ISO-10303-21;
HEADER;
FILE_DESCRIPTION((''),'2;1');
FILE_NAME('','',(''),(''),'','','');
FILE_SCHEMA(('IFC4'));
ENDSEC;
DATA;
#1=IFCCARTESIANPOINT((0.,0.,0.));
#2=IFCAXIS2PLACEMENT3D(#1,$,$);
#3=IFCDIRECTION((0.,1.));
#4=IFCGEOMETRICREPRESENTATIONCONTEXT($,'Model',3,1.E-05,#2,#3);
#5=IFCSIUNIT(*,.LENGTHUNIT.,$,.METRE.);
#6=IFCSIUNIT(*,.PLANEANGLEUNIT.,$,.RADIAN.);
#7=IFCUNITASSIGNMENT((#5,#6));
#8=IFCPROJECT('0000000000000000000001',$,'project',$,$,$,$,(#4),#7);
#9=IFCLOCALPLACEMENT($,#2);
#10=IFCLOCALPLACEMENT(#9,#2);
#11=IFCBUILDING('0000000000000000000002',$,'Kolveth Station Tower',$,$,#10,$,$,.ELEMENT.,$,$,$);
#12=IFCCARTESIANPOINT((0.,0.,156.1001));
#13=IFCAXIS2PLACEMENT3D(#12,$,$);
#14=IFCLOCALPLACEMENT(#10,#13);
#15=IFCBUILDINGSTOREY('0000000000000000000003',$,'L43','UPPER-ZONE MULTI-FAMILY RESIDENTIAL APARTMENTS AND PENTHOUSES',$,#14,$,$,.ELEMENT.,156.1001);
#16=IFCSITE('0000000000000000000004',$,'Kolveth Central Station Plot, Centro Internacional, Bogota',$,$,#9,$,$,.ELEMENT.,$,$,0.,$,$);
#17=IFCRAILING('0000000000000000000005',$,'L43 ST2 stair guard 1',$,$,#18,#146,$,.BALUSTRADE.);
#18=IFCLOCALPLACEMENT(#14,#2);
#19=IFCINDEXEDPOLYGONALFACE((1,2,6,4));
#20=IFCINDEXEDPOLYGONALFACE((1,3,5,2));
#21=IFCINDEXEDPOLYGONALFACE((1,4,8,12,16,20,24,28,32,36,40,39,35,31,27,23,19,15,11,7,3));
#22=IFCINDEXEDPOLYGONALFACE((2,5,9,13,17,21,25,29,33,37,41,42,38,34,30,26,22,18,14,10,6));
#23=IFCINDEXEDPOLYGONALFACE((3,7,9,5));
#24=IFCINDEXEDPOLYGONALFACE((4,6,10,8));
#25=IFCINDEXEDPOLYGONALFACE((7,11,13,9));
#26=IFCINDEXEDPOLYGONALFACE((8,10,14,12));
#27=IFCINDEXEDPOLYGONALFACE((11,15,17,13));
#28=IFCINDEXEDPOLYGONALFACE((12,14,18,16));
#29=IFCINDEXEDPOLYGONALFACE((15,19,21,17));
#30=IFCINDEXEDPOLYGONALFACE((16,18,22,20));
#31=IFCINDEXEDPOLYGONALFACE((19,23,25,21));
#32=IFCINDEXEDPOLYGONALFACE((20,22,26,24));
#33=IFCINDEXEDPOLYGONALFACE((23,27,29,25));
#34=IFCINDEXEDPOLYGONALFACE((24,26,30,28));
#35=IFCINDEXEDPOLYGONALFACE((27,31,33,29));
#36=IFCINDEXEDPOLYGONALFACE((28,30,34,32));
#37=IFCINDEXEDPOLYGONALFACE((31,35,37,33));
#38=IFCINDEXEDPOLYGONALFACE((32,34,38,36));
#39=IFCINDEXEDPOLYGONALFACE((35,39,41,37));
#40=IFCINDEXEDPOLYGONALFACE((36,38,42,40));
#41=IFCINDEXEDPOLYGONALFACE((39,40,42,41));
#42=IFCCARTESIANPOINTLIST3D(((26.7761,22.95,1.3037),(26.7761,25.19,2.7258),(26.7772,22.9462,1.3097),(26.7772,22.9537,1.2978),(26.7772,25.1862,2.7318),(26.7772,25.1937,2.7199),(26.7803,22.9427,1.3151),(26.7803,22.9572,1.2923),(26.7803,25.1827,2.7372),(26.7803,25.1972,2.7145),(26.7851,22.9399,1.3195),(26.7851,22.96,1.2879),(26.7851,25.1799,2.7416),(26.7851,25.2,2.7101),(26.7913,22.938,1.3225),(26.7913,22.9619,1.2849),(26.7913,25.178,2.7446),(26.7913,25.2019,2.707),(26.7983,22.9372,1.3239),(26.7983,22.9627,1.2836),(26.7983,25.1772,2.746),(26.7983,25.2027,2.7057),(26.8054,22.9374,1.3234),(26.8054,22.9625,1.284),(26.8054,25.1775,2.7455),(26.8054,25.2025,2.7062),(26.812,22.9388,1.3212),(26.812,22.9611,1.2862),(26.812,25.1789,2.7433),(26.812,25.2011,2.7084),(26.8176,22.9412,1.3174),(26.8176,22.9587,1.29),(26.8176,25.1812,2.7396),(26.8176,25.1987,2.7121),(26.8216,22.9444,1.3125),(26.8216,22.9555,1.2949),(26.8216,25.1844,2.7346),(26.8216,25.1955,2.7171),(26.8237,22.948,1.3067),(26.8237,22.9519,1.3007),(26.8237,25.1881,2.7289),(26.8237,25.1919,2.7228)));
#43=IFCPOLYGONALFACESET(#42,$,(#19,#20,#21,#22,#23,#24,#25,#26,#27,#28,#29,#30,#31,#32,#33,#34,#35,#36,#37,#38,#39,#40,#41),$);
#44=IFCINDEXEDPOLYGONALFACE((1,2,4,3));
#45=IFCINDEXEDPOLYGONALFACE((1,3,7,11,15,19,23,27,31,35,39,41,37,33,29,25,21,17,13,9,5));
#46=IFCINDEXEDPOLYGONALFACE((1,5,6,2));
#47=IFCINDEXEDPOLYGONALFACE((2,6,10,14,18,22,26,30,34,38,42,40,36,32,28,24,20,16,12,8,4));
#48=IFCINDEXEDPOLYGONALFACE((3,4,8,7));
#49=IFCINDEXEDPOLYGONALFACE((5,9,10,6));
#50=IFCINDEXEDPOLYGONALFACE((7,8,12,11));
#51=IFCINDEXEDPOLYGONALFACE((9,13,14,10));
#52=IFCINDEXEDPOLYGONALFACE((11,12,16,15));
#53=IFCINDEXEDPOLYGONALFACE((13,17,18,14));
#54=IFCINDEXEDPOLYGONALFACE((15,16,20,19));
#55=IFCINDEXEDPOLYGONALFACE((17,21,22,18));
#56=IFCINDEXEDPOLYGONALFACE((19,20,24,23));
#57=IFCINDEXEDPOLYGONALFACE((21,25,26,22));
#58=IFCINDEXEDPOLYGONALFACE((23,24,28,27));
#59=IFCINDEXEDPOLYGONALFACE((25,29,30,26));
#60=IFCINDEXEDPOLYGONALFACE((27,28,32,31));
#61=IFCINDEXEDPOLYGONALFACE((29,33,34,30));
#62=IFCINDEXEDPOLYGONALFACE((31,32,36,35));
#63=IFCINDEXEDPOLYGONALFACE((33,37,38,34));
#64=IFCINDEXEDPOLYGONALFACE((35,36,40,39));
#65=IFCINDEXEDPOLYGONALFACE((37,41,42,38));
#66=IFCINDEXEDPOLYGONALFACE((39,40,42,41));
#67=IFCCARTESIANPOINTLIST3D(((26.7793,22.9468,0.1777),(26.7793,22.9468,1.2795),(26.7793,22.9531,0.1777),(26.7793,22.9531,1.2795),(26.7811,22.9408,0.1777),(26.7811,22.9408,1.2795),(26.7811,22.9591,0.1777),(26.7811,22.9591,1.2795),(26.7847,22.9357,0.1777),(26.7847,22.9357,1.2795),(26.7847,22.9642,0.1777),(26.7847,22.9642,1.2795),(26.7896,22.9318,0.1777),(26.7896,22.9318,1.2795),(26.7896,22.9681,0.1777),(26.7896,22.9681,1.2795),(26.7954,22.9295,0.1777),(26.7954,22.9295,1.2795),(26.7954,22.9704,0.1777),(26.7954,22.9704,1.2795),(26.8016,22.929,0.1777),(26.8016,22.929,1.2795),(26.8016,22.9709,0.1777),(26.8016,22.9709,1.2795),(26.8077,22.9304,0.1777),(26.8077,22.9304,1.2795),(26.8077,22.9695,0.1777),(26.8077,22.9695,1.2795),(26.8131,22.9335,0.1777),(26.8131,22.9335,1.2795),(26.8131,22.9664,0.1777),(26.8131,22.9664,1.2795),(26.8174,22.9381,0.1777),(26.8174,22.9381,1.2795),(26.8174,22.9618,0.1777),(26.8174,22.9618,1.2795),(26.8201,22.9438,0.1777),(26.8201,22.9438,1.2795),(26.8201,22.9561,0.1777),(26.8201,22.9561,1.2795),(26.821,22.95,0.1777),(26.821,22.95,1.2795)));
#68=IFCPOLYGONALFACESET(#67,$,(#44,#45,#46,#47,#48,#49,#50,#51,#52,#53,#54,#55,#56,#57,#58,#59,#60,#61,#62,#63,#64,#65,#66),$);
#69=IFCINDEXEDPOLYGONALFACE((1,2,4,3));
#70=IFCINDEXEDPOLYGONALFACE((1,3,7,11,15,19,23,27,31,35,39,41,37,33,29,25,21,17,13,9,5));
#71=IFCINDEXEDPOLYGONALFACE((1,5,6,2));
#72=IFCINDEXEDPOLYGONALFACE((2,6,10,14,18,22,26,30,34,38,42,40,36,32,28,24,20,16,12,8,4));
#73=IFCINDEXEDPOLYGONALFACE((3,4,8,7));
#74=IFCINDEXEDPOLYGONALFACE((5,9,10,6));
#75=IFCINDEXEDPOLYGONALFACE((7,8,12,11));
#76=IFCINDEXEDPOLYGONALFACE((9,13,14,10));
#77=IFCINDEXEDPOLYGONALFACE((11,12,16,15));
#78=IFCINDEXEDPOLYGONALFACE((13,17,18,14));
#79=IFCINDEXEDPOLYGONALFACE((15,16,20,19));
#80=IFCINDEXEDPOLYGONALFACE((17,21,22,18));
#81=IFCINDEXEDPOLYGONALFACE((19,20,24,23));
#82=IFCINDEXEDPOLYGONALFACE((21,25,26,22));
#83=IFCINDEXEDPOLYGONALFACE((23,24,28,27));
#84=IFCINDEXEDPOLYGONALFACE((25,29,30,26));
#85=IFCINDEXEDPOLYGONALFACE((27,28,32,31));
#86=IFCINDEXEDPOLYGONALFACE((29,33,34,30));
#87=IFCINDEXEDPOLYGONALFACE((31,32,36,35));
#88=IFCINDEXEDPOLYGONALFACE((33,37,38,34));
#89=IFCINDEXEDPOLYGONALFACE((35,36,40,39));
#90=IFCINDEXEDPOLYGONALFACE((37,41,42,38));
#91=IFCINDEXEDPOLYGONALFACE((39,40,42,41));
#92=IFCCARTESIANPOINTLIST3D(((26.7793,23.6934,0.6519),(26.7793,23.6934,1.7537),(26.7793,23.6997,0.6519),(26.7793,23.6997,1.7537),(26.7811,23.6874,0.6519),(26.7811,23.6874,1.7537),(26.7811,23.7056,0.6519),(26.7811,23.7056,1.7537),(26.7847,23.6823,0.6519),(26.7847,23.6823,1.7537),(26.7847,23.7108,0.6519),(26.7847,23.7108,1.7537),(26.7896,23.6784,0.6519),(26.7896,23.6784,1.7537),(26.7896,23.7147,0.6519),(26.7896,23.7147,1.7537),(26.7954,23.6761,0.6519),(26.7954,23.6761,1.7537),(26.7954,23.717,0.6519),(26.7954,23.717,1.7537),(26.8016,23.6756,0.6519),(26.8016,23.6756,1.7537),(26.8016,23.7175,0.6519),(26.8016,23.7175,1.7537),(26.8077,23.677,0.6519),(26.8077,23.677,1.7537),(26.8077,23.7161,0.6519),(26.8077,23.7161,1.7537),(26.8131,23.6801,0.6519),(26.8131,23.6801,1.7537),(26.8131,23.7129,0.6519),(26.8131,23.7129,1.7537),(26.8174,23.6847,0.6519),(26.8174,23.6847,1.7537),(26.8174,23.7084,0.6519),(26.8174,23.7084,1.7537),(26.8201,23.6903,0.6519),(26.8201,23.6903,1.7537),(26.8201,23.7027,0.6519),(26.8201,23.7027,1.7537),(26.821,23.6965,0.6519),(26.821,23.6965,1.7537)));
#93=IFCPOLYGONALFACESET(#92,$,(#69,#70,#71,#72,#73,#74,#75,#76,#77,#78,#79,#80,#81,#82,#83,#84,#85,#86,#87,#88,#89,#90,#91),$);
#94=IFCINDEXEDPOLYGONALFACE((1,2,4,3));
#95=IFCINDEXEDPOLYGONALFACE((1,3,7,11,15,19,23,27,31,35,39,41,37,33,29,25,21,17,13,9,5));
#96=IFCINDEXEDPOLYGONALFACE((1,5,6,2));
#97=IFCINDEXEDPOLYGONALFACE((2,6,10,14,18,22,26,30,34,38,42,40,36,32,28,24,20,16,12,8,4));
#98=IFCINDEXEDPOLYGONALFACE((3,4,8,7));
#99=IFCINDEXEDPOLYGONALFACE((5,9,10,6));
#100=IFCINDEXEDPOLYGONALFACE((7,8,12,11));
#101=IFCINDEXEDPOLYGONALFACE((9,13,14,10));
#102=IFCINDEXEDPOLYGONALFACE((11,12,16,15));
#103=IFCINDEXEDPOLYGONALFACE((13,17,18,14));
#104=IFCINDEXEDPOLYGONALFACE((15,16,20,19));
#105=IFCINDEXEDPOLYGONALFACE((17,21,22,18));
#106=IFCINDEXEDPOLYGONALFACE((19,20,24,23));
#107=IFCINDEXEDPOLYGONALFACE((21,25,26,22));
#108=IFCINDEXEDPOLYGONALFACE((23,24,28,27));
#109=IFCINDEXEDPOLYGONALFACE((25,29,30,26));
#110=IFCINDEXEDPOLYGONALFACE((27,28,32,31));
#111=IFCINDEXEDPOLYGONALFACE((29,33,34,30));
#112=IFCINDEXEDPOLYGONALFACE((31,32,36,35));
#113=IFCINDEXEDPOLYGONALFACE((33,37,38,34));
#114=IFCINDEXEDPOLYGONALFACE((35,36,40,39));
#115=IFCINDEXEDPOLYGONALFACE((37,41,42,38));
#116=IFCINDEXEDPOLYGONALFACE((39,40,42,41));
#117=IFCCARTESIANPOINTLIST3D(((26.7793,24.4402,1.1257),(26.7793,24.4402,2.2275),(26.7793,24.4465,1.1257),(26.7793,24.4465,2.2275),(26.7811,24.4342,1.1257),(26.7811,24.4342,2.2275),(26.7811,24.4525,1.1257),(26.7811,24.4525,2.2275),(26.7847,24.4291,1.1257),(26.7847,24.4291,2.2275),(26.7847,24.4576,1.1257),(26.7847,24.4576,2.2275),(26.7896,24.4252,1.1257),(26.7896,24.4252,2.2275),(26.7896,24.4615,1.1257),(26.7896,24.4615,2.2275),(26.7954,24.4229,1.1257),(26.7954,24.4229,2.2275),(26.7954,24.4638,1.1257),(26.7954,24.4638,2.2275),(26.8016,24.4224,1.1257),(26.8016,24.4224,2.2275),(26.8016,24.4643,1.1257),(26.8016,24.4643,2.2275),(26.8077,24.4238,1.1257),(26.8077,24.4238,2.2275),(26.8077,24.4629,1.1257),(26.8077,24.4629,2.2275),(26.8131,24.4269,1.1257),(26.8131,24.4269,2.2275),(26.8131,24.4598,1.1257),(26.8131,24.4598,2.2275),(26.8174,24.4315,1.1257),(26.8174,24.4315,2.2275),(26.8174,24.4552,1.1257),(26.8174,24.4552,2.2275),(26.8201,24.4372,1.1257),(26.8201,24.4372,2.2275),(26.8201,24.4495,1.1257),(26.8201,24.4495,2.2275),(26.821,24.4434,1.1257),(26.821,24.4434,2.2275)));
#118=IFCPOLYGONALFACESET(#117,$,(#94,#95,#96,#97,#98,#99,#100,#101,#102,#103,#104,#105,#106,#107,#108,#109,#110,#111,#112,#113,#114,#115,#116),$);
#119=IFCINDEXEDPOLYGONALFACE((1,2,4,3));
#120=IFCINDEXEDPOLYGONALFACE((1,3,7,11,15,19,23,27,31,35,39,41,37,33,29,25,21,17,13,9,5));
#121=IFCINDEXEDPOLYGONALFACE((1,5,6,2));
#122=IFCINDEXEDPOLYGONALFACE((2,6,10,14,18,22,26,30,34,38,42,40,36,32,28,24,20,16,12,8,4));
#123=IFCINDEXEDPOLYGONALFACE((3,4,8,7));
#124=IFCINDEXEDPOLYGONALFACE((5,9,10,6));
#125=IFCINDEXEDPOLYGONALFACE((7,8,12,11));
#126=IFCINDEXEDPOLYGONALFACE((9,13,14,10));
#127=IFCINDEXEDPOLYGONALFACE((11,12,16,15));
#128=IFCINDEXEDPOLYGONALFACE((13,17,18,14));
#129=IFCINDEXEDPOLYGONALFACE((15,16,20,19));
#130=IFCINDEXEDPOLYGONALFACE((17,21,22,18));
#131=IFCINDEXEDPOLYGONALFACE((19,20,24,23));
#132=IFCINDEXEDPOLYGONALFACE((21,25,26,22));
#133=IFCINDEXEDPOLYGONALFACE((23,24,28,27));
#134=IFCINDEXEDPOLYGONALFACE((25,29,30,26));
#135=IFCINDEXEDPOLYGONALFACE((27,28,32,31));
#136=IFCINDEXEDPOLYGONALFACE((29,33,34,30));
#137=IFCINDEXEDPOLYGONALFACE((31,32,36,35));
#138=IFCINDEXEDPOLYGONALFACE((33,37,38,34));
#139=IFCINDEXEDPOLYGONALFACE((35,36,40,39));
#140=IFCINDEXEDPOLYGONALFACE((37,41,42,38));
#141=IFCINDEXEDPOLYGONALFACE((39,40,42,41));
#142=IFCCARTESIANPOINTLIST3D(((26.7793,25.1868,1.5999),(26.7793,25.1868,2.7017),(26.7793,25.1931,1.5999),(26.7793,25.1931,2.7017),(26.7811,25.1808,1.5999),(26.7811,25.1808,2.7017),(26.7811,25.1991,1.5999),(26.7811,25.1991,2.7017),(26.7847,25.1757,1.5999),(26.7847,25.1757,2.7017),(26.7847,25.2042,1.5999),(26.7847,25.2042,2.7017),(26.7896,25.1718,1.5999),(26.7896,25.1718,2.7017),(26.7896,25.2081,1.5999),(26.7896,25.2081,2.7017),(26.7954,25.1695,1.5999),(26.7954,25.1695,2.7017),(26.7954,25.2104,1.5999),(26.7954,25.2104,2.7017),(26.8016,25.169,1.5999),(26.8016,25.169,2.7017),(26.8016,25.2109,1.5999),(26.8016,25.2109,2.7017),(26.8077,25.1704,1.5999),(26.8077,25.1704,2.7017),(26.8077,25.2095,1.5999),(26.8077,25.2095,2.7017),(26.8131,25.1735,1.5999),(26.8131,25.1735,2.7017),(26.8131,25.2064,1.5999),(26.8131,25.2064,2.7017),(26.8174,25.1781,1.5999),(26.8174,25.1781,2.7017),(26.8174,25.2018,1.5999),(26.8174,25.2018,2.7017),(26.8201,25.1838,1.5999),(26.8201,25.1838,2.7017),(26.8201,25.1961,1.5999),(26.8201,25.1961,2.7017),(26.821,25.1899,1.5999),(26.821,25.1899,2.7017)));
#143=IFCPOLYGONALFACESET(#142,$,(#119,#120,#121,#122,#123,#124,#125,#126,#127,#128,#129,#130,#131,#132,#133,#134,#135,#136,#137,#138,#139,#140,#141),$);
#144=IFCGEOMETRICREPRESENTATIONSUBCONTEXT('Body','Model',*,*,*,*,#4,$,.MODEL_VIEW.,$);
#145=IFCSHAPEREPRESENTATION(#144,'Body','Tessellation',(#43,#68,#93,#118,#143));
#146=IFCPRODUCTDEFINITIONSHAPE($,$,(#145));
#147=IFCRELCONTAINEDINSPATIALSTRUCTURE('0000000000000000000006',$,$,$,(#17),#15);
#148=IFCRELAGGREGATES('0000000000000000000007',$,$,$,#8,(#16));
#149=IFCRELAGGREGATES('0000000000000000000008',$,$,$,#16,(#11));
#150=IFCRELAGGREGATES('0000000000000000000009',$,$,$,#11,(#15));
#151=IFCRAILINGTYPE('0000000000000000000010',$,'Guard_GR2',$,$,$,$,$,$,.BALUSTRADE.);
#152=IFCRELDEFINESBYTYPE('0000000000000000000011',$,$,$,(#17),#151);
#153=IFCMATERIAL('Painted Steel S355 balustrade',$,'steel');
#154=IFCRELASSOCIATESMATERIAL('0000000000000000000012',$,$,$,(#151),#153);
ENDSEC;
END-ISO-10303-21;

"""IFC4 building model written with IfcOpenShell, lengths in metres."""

from ifc_helpers import new_model, si_unit, direction, frame, origin, origin_2d, place, context, subcontext, project, spatial, circle, extrude, material, type_object, element, save


model = new_model("IFC4")

# Units and contexts
model_context = context("Model", 3, precision=1e-05, world=origin(), true_north=direction((0.0, 1.0)))
body_context = subcontext(model_context, "Body", "Model", "MODEL_VIEW")
ifc_project = project(units=[si_unit("LENGTHUNIT", "METRE"), si_unit("PLANEANGLEUNIT", "RADIAN")], contexts=[model_context])

# Site, building, storey
site_placement = place(None, origin())
site = spatial("IfcSite", under=ifc_project, at=site_placement, Name="Kolveth Central Station Plot, Centro Internacional, Bogota", CompositionType="ELEMENT", RefElevation=0.0)
building_placement = place(site_placement, origin())
building = spatial("IfcBuilding", under=site, at=building_placement, Name="Kolveth Station Tower", CompositionType="ELEMENT")
storey_placement = place(building_placement, frame((0.0, 0.0, 156.1001)))
storey = spatial("IfcBuildingStorey", under=building, at=storey_placement, Name="L43", Description="UPPER-ZONE MULTI-FAMILY RESIDENTIAL APARTMENTS AND PENTHOUSES", CompositionType="ELEMENT", Elevation=156.1001)

# Railing
ifc_material_1 = material(Name="Painted Steel S355 balustrade", Category="steel")
railing_type_1 = type_object("IfcRailingType", Name="Guard_GR2", PredefinedType="BALUSTRADE", material=ifc_material_1)
railing_1_placement = place(storey_placement, frame((26.8, 22.95, 0.1777)))
element("IfcRailing", 1, at=railing_1_placement, inside=storey, type_object=railing_type_1, Name="L43 ST2 stair guard 1", PredefinedType="BALUSTRADE", context=body_context, shape_type="SweptSolid", body=[
    extrude(circle(Radius=0.0239, at=origin_2d()), frame((0.0, 0.0, 1.126), z_axis=(0.0, 0.844229, 0.535982), x_axis=(-1.0, 0.0, 0.0)), (0.0, 0.0, 1.0), 2.6533),
    extrude(circle(Radius=0.021, at=origin_2d()), origin(), (0.0, 0.0, 1.0), 1.1018),
    extrude(circle(Radius=0.021, at=origin_2d()), frame((0.0, 0.7466, 0.4741)), (0.0, 0.0, 1.0), 1.1018),
    extrude(circle(Radius=0.021, at=origin_2d()), frame((0.0, 1.4934, 0.948)), (0.0, 0.0, 1.0), 1.1018),
    extrude(circle(Radius=0.021, at=origin_2d()), frame((0.0, 2.24, 1.4221)), (0.0, 0.0, 1.0), 1.1018),
])

save(model, "model.ifc")
